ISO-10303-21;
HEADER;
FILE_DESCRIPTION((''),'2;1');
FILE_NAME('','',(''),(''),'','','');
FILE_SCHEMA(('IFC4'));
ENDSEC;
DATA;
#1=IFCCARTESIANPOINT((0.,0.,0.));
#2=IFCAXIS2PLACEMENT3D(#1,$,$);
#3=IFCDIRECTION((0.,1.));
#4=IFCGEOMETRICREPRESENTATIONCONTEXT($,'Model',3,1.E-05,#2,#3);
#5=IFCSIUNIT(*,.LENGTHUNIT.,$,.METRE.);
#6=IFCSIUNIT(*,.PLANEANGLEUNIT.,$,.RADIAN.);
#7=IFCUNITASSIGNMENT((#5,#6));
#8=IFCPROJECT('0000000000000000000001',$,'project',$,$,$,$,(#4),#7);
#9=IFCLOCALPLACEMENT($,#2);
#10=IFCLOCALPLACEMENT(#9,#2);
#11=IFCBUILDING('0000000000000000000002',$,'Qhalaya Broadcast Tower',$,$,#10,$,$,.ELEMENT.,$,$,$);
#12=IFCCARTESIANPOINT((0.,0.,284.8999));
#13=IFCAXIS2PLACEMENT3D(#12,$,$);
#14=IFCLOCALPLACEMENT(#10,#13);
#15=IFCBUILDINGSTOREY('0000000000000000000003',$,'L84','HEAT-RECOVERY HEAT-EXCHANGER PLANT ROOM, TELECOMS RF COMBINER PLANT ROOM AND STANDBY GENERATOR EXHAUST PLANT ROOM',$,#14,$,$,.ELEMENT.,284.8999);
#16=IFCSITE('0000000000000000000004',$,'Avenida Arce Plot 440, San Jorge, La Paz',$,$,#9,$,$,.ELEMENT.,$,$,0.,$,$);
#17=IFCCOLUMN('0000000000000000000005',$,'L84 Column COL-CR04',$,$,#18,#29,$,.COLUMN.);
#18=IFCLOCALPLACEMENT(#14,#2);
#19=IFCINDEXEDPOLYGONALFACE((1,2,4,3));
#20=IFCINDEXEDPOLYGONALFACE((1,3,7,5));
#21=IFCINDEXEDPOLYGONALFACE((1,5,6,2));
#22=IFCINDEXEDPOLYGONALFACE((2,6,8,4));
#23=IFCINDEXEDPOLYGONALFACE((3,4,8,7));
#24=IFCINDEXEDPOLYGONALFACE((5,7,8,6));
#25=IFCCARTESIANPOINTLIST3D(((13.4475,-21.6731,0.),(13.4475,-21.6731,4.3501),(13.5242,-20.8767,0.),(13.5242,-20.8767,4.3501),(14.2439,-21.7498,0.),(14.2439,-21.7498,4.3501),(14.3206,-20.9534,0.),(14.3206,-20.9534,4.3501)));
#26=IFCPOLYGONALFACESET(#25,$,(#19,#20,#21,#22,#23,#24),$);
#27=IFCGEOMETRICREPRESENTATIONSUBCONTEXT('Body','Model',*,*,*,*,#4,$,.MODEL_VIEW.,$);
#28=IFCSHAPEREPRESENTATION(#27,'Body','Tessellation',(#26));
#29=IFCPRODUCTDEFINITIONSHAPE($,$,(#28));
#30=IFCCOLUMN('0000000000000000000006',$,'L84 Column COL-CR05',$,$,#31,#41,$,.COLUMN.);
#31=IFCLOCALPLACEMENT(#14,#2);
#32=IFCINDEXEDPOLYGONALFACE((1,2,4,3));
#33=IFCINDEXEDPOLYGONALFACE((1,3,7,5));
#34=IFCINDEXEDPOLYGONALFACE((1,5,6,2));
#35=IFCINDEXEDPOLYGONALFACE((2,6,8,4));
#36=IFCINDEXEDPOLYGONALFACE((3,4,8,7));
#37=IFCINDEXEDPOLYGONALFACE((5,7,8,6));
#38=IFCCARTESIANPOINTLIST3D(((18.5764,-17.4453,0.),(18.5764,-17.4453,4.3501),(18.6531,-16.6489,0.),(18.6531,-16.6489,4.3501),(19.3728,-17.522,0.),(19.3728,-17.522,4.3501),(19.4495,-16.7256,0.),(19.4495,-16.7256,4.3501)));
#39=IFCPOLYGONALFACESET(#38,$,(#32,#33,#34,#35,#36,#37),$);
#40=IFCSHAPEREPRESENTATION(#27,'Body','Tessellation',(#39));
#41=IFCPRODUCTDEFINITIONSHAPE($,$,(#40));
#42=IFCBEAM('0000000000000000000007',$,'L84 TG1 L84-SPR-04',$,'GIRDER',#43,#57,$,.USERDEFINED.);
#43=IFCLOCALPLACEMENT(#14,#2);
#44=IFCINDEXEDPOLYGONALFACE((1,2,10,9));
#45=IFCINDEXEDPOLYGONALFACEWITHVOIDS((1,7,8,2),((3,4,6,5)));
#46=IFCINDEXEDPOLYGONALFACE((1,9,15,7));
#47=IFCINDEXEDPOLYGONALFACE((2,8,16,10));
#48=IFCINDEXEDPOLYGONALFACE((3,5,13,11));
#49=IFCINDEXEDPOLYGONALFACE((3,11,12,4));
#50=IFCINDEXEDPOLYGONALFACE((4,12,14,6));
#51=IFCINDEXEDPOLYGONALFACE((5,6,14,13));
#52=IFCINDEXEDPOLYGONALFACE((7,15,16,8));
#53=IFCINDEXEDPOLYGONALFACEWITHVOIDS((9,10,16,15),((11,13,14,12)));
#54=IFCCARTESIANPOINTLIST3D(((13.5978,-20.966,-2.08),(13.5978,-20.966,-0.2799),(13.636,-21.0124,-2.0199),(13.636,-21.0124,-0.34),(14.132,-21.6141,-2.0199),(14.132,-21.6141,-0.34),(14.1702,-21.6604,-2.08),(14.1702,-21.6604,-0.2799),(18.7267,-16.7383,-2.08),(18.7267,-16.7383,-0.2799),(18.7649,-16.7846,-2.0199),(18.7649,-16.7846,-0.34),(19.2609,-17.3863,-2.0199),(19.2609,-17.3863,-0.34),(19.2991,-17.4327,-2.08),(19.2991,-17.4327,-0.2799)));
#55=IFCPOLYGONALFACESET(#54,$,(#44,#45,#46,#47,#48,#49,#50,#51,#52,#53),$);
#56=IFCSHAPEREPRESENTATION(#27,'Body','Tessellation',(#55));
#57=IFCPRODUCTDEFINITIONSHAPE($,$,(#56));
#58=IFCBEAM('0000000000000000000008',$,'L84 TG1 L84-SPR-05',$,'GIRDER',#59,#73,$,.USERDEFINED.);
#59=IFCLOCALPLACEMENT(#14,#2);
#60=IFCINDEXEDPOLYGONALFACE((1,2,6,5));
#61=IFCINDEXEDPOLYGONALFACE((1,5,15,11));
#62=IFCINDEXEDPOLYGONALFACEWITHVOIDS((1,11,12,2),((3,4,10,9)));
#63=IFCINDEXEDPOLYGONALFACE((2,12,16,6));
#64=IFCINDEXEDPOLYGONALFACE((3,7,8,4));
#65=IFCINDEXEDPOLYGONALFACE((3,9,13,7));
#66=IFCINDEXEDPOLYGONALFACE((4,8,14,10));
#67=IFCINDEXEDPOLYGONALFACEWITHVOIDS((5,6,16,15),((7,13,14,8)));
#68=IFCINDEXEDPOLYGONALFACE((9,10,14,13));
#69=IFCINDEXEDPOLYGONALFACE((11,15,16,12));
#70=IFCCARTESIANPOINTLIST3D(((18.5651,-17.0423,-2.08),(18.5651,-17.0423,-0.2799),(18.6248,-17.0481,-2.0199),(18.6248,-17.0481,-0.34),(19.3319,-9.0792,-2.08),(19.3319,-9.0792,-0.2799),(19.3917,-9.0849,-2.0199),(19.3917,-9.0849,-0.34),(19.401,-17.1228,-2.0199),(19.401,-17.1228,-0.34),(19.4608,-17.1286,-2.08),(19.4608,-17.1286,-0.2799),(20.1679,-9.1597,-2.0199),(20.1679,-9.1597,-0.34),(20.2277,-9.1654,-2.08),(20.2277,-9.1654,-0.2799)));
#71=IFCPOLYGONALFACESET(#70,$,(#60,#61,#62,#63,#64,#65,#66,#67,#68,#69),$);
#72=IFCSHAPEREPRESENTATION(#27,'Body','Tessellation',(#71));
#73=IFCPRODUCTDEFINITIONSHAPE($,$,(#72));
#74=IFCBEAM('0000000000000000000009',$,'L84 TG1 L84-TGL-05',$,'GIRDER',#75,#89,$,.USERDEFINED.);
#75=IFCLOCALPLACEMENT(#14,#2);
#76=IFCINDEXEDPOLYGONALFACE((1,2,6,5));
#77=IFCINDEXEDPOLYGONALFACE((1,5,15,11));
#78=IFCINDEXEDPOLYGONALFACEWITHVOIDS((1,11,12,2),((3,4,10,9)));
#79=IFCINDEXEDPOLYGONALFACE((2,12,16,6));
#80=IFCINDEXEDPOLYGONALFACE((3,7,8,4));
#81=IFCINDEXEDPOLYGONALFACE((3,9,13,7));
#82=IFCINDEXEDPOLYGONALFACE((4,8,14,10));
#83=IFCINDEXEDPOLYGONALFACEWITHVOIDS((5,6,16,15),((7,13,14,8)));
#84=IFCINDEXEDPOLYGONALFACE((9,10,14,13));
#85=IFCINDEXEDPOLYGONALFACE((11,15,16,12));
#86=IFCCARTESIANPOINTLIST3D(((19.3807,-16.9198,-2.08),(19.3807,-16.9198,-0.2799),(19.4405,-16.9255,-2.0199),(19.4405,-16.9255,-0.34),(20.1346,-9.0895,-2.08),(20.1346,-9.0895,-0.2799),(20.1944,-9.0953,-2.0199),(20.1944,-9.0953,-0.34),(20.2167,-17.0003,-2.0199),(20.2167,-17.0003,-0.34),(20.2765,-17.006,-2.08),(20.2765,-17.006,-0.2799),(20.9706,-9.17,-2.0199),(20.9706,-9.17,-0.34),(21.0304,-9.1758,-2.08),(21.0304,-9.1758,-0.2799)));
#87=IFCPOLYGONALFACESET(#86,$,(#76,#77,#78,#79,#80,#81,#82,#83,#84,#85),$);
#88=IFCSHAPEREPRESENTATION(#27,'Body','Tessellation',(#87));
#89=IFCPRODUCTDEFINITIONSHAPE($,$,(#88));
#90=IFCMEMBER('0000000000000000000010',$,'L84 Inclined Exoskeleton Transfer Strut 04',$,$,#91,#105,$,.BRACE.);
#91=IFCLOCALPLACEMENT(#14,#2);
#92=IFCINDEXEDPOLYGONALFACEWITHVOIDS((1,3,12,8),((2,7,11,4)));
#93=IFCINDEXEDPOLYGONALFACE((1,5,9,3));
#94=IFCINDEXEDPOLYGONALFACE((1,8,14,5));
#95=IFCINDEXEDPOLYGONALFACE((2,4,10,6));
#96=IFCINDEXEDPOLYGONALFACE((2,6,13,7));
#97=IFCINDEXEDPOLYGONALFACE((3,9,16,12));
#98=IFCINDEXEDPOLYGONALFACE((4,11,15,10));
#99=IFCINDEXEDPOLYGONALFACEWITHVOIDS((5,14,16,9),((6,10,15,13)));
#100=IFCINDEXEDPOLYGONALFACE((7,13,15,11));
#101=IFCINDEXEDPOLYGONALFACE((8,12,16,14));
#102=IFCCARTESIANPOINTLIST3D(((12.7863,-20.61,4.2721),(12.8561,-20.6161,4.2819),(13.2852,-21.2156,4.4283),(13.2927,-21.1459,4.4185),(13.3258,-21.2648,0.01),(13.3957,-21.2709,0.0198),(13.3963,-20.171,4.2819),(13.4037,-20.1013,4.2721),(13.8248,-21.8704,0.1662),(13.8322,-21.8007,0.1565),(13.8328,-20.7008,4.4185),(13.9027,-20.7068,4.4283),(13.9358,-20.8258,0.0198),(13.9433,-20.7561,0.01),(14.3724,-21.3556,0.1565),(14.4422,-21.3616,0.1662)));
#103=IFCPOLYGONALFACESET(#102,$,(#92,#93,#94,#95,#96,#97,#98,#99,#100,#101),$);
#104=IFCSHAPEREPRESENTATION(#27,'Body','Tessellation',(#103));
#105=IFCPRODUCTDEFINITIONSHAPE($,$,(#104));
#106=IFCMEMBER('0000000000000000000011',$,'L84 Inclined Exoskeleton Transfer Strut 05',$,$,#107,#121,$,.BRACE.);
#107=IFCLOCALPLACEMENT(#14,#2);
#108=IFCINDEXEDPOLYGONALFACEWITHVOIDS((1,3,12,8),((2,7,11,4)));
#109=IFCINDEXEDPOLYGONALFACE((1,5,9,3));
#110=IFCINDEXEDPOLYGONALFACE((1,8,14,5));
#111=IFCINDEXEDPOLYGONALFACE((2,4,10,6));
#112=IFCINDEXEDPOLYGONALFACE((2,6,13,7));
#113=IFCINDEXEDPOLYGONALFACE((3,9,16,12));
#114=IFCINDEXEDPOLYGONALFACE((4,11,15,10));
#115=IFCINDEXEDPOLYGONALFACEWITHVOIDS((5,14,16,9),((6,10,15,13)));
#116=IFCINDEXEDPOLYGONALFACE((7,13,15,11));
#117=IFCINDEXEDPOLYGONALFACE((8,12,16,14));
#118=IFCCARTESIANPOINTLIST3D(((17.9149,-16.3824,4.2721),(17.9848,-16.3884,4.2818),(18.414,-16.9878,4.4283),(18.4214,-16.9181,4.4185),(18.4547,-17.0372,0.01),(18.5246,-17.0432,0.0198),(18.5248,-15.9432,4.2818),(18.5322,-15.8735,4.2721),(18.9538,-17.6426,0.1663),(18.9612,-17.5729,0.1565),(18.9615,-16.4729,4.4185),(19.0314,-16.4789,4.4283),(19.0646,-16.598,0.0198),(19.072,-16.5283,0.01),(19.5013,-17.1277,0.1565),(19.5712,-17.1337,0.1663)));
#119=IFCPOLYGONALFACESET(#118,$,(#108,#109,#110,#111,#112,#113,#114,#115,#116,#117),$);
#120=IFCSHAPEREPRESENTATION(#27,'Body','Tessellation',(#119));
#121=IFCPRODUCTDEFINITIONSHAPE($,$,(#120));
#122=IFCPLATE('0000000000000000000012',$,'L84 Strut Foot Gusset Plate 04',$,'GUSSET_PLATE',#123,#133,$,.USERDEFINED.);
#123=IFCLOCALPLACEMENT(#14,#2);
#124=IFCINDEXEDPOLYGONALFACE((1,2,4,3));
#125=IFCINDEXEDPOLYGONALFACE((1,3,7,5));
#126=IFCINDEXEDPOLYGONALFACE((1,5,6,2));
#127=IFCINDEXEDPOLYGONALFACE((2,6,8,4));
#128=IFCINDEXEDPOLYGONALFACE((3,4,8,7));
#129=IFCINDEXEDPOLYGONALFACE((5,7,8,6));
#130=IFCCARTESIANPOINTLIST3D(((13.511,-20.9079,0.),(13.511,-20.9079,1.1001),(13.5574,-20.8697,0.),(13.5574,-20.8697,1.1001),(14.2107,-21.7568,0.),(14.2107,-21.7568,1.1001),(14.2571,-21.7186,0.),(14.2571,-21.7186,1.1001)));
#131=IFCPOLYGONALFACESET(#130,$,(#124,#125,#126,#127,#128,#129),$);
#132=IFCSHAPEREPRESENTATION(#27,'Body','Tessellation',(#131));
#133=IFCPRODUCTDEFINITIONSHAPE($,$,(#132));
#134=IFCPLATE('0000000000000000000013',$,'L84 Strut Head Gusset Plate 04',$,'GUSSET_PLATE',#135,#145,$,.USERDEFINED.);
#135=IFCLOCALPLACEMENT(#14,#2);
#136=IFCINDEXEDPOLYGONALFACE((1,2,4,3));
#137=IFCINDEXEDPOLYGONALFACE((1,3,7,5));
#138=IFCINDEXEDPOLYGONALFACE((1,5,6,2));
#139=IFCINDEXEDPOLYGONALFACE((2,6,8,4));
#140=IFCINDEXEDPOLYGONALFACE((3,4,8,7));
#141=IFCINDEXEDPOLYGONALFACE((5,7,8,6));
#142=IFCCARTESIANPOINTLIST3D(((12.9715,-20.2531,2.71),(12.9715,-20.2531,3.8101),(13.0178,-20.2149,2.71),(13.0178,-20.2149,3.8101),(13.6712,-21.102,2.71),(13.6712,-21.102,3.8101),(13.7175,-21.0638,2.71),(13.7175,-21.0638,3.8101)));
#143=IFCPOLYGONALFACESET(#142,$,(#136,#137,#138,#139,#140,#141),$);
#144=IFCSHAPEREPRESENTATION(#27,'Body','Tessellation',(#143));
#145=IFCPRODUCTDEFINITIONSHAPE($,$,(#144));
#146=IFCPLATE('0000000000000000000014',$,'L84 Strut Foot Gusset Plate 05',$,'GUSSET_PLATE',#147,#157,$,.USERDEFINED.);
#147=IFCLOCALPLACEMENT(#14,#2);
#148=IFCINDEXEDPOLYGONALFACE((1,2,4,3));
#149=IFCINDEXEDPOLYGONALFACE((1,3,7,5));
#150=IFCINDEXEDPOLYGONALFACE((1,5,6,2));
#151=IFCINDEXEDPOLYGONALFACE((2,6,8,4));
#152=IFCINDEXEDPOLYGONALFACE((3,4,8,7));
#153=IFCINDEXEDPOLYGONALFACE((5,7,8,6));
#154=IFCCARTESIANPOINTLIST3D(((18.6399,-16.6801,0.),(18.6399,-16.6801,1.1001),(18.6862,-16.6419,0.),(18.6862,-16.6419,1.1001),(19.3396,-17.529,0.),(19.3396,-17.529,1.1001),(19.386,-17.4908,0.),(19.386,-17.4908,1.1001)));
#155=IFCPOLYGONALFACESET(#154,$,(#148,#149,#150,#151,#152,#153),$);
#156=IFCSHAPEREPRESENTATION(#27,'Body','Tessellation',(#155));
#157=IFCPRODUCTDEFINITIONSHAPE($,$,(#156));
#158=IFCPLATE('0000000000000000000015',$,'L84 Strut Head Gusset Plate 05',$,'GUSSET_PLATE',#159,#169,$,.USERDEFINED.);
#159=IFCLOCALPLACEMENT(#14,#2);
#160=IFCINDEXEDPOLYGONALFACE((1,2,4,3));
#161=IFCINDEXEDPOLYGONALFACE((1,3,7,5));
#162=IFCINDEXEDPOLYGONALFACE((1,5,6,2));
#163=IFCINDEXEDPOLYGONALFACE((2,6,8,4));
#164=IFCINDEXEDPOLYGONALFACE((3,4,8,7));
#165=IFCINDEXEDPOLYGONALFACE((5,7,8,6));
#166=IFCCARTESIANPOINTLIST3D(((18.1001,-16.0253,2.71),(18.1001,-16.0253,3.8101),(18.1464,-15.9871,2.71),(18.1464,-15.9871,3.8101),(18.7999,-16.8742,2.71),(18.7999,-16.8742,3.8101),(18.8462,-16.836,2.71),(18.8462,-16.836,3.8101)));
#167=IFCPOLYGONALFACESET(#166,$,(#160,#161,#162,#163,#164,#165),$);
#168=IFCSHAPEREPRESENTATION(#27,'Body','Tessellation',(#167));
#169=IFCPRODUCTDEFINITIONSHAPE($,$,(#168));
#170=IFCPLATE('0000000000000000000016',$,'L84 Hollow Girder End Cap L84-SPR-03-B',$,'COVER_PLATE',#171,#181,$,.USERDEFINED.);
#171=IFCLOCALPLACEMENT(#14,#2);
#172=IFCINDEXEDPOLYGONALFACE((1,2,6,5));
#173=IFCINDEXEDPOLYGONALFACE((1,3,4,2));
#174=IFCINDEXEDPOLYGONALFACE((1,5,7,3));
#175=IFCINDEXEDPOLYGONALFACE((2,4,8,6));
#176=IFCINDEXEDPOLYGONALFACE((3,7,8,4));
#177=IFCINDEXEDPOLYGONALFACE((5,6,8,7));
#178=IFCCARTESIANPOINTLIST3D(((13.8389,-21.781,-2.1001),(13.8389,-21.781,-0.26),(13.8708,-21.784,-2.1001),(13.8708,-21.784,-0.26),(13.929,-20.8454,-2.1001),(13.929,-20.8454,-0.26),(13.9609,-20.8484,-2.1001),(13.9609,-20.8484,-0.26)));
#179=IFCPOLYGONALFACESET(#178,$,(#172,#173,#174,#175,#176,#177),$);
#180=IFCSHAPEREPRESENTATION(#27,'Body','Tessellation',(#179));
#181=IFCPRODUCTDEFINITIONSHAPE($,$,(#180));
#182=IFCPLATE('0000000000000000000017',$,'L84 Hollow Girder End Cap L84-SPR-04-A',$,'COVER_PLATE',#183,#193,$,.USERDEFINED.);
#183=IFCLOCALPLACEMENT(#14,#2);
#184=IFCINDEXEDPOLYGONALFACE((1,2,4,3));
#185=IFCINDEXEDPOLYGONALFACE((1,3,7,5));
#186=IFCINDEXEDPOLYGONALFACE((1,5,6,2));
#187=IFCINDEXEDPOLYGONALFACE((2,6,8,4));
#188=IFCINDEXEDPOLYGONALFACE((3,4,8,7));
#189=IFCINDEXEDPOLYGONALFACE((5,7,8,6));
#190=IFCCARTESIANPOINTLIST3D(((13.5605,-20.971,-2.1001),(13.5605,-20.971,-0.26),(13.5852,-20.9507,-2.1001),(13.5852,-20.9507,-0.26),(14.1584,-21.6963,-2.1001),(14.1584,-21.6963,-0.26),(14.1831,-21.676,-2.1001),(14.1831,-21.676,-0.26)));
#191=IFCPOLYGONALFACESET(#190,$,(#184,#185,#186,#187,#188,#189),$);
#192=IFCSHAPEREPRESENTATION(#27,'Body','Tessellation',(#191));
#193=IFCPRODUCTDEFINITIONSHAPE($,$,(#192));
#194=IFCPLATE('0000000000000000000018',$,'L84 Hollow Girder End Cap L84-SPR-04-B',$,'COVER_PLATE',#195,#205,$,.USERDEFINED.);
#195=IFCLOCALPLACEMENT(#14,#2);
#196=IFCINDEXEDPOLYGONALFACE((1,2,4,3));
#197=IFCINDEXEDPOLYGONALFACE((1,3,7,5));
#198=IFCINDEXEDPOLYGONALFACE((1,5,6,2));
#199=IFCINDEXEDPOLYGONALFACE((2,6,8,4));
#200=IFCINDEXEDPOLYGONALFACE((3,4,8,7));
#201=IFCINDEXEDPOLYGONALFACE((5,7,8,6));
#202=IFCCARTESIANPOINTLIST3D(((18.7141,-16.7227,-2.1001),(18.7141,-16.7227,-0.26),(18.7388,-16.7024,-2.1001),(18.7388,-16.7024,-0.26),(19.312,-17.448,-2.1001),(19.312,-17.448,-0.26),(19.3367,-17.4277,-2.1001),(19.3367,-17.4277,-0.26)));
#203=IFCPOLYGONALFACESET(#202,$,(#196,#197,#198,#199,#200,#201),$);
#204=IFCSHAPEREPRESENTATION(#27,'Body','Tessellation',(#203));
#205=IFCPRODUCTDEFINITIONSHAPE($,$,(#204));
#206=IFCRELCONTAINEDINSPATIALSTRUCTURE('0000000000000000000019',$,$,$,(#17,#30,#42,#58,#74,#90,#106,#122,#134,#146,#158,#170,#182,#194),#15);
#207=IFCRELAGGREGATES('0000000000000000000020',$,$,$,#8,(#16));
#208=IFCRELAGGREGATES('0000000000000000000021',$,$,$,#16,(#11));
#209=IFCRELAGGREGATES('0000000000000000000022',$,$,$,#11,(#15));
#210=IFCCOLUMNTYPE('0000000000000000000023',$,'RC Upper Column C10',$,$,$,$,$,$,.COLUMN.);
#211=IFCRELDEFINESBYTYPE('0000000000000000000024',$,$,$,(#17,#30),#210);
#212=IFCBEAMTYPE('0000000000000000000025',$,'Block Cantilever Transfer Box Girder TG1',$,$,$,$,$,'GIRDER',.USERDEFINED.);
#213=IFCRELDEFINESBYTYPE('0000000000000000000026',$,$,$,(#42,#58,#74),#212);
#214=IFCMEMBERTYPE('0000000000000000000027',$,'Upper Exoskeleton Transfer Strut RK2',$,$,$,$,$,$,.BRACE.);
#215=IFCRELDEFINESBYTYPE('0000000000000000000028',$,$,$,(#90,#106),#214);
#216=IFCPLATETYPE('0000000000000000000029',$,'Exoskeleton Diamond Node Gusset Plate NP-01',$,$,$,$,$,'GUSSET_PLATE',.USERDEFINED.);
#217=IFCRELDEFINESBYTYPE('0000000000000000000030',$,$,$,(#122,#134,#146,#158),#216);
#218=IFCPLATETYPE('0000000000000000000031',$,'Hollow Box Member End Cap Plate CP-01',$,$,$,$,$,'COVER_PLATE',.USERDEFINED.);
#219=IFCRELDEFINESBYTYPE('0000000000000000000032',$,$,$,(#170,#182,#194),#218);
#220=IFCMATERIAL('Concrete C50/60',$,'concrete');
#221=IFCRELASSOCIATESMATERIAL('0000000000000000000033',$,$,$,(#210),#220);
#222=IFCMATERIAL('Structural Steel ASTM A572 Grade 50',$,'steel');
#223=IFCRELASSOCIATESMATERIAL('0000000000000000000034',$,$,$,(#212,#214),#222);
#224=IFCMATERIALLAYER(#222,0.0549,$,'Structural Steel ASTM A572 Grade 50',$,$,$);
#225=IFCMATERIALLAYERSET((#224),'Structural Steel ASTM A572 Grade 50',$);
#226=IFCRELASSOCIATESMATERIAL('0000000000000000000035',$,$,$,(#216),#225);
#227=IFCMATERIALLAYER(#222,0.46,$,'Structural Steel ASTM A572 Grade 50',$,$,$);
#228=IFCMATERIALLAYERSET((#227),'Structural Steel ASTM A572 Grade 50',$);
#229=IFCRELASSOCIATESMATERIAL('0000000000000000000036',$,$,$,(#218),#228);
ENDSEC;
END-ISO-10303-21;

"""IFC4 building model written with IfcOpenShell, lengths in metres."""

from ifc_helpers import new_model, si_unit, direction, frame, origin, origin_2d, place, context, subcontext, project, spatial, rectangle, hollow_rectangle, extrude, material, layer, layer_set, material_profile, profile_set, type_object, element, save


model = new_model("IFC4")

# Units and contexts
model_context = context("Model", 3, precision=1e-05, world=origin(), true_north=direction((0.0, 1.0)))
body_context = subcontext(model_context, "Body", "Model", "MODEL_VIEW")
ifc_project = project(units=[si_unit("LENGTHUNIT", "METRE"), si_unit("PLANEANGLEUNIT", "RADIAN")], contexts=[model_context])

# Site, building, storey
site_placement = place(None, origin())
site = spatial("IfcSite", under=ifc_project, at=site_placement, Name="Avenida Arce Plot 440, San Jorge, La Paz", CompositionType="ELEMENT", RefElevation=0.0)
building_placement = place(site_placement, origin())
building = spatial("IfcBuilding", under=site, at=building_placement, Name="Qhalaya Broadcast Tower", CompositionType="ELEMENT")
storey_placement = place(building_placement, frame((0.0, 0.0, 284.8999)))
storey = spatial("IfcBuildingStorey", under=building, at=storey_placement, Name="L84", Description="HEAT-RECOVERY HEAT-EXCHANGER PLANT ROOM, TELECOMS RF COMBINER PLANT ROOM AND STANDBY GENERATOR EXHAUST PLANT ROOM", CompositionType="ELEMENT", Elevation=284.8999)

# Columns
ifc_material_1 = material(Name="Concrete C50/60", Category="concrete")
ifc_material_profile_1 = material_profile(ifc_material_1, rectangle(XDim=0.8, YDim=0.8, at=origin_2d()), Name="RC-COL 800x800")
ifc_profile_set_1 = profile_set([ifc_material_profile_1], Name="Concrete C50/60")
column_type = type_object("IfcColumnType", Name="RC Upper Column C10", PredefinedType="COLUMN", material=ifc_profile_set_1)
for number, where, z_axis, x_axis, name in (
    (1, (13.884, -21.3132, 0.0), (0.0, 0.0, 1.0), (0.995396, -0.095846, 0.0), "L84 Column COL-CR04"),
    (2, (19.0129, -17.0854, 0.0), (0.0, 0.0, 1.0), (0.095846, 0.995396, 0.0), "L84 Column COL-CR05"),
):
    element("IfcColumn", number, at=place(storey_placement, frame(where, z_axis=z_axis, x_axis=x_axis)), inside=storey, type_object=column_type, Name=name, PredefinedType="COLUMN", context=body_context, shape_type="SweptSolid", body=[
        extrude(rectangle(XDim=0.8, YDim=0.8, at=origin_2d()), origin(), (0.0, 0.0, 1.0), 4.3501),
    ])

# Beams
ifc_material_2 = material(Name="Structural Steel ASTM A572 Grade 50", Category="steel")
ifc_material_profile_2 = material_profile(ifc_material_2, hollow_rectangle(XDim=0.8999, YDim=1.8, WallThickness=0.0601, at=origin_2d()), Name="BOX 900x1800x60")
ifc_profile_set_2 = profile_set([ifc_material_profile_2], Name="Structural Steel ASTM A572 Grade 50")
beam_type = type_object("IfcBeamType", Name="Block Cantilever Transfer Box Girder TG1", ElementType="GIRDER", PredefinedType="USERDEFINED", material=ifc_profile_set_2)
beam_1_placement = place(storey_placement, frame((13.884, -21.3132, -1.1799), z_axis=(0.771636, 0.636064, 0.0), x_axis=(-0.636064, 0.771636, 0.0)))
element("IfcBeam", 3, at=beam_1_placement, inside=storey, type_object=beam_type, Name="L84 TG1 L84-SPR-04", ObjectType="GIRDER", PredefinedType="USERDEFINED", context=body_context, shape_type="SweptSolid", body=[
    extrude(hollow_rectangle(XDim=0.8999, YDim=1.8, WallThickness=0.0601, at=origin_2d()), origin(), (0.0, 0.0, 1.0), 6.6467),
])
beam_2_placement = place(storey_placement, frame((19.0129, -17.0854, -1.1799), z_axis=(0.095856, 0.995395, 0.0), x_axis=(-0.995395, 0.095856, 0.0)))
element("IfcBeam", 4, at=beam_2_placement, inside=storey, type_object=beam_type, Name="L84 TG1 L84-SPR-05", ObjectType="GIRDER", PredefinedType="USERDEFINED", context=body_context, shape_type="SweptSolid", body=[
    extrude(hollow_rectangle(XDim=0.8999, YDim=1.8, WallThickness=0.0601, at=origin_2d()), origin(), (0.0, 0.0, 1.0), 8.0),
])
beam_3_placement = place(storey_placement, frame((19.8286, -16.9629, -1.1799), z_axis=(0.095837, 0.995397, 0.0), x_axis=(-0.995397, 0.095837, 0.0)))
element("IfcBeam", 5, at=beam_3_placement, inside=storey, type_object=beam_type, Name="L84 TG1 L84-TGL-05", ObjectType="GIRDER", PredefinedType="USERDEFINED", context=body_context, shape_type="SweptSolid", body=[
    extrude(hollow_rectangle(XDim=0.8999, YDim=1.8, WallThickness=0.0601, at=origin_2d()), origin(), (0.0, 0.0, 1.0), 7.8665),
])

# Members
ifc_material_profile_3 = material_profile(ifc_material_2, hollow_rectangle(XDim=0.8, YDim=0.8, WallThickness=0.05, at=origin_2d()), Name="BOX 800x800x50")
ifc_profile_set_3 = profile_set([ifc_material_profile_3], Name="Structural Steel ASTM A572 Grade 50")
member_type = type_object("IfcMemberType", Name="Upper Exoskeleton Transfer Strut RK2", PredefinedType="BRACE", material=ifc_profile_set_3)
for number, where, z_axis, x_axis, name in (
    (6, (13.884, -21.3132, 0.0881), (-0.12416, 0.150678, 0.980755), (-0.771747, -0.635929, 0.0), "L84 Inclined Exoskeleton Transfer Strut 04"),
    (7, (19.0129, -17.0854, 0.0881), (-0.124216, 0.150677, 0.980748), (-0.771606, -0.6361, 0.0), "L84 Inclined Exoskeleton Transfer Strut 05"),
):
    element("IfcMember", number, at=place(storey_placement, frame(where, z_axis=z_axis, x_axis=x_axis)), inside=storey, type_object=member_type, Name=name, PredefinedType="BRACE", context=body_context, shape_type="SweptSolid", body=[
        extrude(hollow_rectangle(XDim=0.8, YDim=0.8, WallThickness=0.05, at=origin_2d()), origin(), (0.0, 0.0, 1.0), 4.3457),
    ])

# Plates
ifc_layer_1 = layer(ifc_material_2, 0.0549, Name="Structural Steel ASTM A572 Grade 50")
ifc_layer_set_1 = layer_set([ifc_layer_1], Name="Structural Steel ASTM A572 Grade 50")
plate_type_1 = type_object("IfcPlateType", Name="Exoskeleton Diamond Node Gusset Plate NP-01", ElementType="GUSSET_PLATE", PredefinedType="USERDEFINED", material=ifc_layer_set_1)
for number, where, z_axis, x_axis, name in (
    (8, (13.884, -21.3132, 0.0), (0.0, 0.0, 1.0), (-0.636024, 0.771669, 0.0), "L84 Strut Foot Gusset Plate 04"),
    (9, (13.3445, -20.6584, 2.71), (0.0, 0.0, 1.0), (-0.636024, 0.771669, 0.0), "L84 Strut Head Gusset Plate 04"),
    (10, (19.0129, -17.0854, 0.0), (0.0, 0.0, 1.0), (-0.636092, 0.771613, 0.0), "L84 Strut Foot Gusset Plate 05"),
    (11, (18.4731, -16.4307, 2.71), (0.0, 0.0, 1.0), (-0.636092, 0.771613, 0.0), "L84 Strut Head Gusset Plate 05"),
):
    element("IfcPlate", number, at=place(storey_placement, frame(where, z_axis=z_axis, x_axis=x_axis)), inside=storey, type_object=plate_type_1, Name=name, ObjectType="GUSSET_PLATE", PredefinedType="USERDEFINED", context=body_context, shape_type="SweptSolid", body=[
        extrude(rectangle(XDim=1.1001, YDim=0.0601, at=origin_2d()), origin(), (0.0, 0.0, 1.0), 1.1001),
    ])
ifc_layer_2 = layer(ifc_material_2, 0.46, Name="Structural Steel ASTM A572 Grade 50")
ifc_layer_set_2 = layer_set([ifc_layer_2], Name="Structural Steel ASTM A572 Grade 50")
plate_type_2 = type_object("IfcPlateType", Name="Hollow Box Member End Cap Plate CP-01", ElementType="COVER_PLATE", PredefinedType="USERDEFINED", material=ifc_layer_set_2)
for number, where, z_axis, x_axis, name in (
    (12, (13.8999, -21.3147, -2.1001), (0.0, 0.0, 1.0), (0.095846, 0.995396, 0.0), "L84 Hollow Girder End Cap L84-SPR-03-B"),
    (13, (13.8718, -21.3235, -2.1001), (0.0, 0.0, 1.0), (-0.636078, 0.771625, 0.0), "L84 Hollow Girder End Cap L84-SPR-04-A"),
    (14, (19.0254, -17.0752, -2.1001), (0.0, 0.0, 1.0), (-0.636078, 0.771625, 0.0), "L84 Hollow Girder End Cap L84-SPR-04-B"),
):
    element("IfcPlate", number, at=place(storey_placement, frame(where, z_axis=z_axis, x_axis=x_axis)), inside=storey, type_object=plate_type_2, Name=name, ObjectType="COVER_PLATE", PredefinedType="USERDEFINED", context=body_context, shape_type="SweptSolid", body=[
        extrude(rectangle(XDim=0.9399, YDim=0.032, at=origin_2d()), origin(), (0.0, 0.0, 1.0), 1.8401),
    ])

save(model, "model.ifc")
